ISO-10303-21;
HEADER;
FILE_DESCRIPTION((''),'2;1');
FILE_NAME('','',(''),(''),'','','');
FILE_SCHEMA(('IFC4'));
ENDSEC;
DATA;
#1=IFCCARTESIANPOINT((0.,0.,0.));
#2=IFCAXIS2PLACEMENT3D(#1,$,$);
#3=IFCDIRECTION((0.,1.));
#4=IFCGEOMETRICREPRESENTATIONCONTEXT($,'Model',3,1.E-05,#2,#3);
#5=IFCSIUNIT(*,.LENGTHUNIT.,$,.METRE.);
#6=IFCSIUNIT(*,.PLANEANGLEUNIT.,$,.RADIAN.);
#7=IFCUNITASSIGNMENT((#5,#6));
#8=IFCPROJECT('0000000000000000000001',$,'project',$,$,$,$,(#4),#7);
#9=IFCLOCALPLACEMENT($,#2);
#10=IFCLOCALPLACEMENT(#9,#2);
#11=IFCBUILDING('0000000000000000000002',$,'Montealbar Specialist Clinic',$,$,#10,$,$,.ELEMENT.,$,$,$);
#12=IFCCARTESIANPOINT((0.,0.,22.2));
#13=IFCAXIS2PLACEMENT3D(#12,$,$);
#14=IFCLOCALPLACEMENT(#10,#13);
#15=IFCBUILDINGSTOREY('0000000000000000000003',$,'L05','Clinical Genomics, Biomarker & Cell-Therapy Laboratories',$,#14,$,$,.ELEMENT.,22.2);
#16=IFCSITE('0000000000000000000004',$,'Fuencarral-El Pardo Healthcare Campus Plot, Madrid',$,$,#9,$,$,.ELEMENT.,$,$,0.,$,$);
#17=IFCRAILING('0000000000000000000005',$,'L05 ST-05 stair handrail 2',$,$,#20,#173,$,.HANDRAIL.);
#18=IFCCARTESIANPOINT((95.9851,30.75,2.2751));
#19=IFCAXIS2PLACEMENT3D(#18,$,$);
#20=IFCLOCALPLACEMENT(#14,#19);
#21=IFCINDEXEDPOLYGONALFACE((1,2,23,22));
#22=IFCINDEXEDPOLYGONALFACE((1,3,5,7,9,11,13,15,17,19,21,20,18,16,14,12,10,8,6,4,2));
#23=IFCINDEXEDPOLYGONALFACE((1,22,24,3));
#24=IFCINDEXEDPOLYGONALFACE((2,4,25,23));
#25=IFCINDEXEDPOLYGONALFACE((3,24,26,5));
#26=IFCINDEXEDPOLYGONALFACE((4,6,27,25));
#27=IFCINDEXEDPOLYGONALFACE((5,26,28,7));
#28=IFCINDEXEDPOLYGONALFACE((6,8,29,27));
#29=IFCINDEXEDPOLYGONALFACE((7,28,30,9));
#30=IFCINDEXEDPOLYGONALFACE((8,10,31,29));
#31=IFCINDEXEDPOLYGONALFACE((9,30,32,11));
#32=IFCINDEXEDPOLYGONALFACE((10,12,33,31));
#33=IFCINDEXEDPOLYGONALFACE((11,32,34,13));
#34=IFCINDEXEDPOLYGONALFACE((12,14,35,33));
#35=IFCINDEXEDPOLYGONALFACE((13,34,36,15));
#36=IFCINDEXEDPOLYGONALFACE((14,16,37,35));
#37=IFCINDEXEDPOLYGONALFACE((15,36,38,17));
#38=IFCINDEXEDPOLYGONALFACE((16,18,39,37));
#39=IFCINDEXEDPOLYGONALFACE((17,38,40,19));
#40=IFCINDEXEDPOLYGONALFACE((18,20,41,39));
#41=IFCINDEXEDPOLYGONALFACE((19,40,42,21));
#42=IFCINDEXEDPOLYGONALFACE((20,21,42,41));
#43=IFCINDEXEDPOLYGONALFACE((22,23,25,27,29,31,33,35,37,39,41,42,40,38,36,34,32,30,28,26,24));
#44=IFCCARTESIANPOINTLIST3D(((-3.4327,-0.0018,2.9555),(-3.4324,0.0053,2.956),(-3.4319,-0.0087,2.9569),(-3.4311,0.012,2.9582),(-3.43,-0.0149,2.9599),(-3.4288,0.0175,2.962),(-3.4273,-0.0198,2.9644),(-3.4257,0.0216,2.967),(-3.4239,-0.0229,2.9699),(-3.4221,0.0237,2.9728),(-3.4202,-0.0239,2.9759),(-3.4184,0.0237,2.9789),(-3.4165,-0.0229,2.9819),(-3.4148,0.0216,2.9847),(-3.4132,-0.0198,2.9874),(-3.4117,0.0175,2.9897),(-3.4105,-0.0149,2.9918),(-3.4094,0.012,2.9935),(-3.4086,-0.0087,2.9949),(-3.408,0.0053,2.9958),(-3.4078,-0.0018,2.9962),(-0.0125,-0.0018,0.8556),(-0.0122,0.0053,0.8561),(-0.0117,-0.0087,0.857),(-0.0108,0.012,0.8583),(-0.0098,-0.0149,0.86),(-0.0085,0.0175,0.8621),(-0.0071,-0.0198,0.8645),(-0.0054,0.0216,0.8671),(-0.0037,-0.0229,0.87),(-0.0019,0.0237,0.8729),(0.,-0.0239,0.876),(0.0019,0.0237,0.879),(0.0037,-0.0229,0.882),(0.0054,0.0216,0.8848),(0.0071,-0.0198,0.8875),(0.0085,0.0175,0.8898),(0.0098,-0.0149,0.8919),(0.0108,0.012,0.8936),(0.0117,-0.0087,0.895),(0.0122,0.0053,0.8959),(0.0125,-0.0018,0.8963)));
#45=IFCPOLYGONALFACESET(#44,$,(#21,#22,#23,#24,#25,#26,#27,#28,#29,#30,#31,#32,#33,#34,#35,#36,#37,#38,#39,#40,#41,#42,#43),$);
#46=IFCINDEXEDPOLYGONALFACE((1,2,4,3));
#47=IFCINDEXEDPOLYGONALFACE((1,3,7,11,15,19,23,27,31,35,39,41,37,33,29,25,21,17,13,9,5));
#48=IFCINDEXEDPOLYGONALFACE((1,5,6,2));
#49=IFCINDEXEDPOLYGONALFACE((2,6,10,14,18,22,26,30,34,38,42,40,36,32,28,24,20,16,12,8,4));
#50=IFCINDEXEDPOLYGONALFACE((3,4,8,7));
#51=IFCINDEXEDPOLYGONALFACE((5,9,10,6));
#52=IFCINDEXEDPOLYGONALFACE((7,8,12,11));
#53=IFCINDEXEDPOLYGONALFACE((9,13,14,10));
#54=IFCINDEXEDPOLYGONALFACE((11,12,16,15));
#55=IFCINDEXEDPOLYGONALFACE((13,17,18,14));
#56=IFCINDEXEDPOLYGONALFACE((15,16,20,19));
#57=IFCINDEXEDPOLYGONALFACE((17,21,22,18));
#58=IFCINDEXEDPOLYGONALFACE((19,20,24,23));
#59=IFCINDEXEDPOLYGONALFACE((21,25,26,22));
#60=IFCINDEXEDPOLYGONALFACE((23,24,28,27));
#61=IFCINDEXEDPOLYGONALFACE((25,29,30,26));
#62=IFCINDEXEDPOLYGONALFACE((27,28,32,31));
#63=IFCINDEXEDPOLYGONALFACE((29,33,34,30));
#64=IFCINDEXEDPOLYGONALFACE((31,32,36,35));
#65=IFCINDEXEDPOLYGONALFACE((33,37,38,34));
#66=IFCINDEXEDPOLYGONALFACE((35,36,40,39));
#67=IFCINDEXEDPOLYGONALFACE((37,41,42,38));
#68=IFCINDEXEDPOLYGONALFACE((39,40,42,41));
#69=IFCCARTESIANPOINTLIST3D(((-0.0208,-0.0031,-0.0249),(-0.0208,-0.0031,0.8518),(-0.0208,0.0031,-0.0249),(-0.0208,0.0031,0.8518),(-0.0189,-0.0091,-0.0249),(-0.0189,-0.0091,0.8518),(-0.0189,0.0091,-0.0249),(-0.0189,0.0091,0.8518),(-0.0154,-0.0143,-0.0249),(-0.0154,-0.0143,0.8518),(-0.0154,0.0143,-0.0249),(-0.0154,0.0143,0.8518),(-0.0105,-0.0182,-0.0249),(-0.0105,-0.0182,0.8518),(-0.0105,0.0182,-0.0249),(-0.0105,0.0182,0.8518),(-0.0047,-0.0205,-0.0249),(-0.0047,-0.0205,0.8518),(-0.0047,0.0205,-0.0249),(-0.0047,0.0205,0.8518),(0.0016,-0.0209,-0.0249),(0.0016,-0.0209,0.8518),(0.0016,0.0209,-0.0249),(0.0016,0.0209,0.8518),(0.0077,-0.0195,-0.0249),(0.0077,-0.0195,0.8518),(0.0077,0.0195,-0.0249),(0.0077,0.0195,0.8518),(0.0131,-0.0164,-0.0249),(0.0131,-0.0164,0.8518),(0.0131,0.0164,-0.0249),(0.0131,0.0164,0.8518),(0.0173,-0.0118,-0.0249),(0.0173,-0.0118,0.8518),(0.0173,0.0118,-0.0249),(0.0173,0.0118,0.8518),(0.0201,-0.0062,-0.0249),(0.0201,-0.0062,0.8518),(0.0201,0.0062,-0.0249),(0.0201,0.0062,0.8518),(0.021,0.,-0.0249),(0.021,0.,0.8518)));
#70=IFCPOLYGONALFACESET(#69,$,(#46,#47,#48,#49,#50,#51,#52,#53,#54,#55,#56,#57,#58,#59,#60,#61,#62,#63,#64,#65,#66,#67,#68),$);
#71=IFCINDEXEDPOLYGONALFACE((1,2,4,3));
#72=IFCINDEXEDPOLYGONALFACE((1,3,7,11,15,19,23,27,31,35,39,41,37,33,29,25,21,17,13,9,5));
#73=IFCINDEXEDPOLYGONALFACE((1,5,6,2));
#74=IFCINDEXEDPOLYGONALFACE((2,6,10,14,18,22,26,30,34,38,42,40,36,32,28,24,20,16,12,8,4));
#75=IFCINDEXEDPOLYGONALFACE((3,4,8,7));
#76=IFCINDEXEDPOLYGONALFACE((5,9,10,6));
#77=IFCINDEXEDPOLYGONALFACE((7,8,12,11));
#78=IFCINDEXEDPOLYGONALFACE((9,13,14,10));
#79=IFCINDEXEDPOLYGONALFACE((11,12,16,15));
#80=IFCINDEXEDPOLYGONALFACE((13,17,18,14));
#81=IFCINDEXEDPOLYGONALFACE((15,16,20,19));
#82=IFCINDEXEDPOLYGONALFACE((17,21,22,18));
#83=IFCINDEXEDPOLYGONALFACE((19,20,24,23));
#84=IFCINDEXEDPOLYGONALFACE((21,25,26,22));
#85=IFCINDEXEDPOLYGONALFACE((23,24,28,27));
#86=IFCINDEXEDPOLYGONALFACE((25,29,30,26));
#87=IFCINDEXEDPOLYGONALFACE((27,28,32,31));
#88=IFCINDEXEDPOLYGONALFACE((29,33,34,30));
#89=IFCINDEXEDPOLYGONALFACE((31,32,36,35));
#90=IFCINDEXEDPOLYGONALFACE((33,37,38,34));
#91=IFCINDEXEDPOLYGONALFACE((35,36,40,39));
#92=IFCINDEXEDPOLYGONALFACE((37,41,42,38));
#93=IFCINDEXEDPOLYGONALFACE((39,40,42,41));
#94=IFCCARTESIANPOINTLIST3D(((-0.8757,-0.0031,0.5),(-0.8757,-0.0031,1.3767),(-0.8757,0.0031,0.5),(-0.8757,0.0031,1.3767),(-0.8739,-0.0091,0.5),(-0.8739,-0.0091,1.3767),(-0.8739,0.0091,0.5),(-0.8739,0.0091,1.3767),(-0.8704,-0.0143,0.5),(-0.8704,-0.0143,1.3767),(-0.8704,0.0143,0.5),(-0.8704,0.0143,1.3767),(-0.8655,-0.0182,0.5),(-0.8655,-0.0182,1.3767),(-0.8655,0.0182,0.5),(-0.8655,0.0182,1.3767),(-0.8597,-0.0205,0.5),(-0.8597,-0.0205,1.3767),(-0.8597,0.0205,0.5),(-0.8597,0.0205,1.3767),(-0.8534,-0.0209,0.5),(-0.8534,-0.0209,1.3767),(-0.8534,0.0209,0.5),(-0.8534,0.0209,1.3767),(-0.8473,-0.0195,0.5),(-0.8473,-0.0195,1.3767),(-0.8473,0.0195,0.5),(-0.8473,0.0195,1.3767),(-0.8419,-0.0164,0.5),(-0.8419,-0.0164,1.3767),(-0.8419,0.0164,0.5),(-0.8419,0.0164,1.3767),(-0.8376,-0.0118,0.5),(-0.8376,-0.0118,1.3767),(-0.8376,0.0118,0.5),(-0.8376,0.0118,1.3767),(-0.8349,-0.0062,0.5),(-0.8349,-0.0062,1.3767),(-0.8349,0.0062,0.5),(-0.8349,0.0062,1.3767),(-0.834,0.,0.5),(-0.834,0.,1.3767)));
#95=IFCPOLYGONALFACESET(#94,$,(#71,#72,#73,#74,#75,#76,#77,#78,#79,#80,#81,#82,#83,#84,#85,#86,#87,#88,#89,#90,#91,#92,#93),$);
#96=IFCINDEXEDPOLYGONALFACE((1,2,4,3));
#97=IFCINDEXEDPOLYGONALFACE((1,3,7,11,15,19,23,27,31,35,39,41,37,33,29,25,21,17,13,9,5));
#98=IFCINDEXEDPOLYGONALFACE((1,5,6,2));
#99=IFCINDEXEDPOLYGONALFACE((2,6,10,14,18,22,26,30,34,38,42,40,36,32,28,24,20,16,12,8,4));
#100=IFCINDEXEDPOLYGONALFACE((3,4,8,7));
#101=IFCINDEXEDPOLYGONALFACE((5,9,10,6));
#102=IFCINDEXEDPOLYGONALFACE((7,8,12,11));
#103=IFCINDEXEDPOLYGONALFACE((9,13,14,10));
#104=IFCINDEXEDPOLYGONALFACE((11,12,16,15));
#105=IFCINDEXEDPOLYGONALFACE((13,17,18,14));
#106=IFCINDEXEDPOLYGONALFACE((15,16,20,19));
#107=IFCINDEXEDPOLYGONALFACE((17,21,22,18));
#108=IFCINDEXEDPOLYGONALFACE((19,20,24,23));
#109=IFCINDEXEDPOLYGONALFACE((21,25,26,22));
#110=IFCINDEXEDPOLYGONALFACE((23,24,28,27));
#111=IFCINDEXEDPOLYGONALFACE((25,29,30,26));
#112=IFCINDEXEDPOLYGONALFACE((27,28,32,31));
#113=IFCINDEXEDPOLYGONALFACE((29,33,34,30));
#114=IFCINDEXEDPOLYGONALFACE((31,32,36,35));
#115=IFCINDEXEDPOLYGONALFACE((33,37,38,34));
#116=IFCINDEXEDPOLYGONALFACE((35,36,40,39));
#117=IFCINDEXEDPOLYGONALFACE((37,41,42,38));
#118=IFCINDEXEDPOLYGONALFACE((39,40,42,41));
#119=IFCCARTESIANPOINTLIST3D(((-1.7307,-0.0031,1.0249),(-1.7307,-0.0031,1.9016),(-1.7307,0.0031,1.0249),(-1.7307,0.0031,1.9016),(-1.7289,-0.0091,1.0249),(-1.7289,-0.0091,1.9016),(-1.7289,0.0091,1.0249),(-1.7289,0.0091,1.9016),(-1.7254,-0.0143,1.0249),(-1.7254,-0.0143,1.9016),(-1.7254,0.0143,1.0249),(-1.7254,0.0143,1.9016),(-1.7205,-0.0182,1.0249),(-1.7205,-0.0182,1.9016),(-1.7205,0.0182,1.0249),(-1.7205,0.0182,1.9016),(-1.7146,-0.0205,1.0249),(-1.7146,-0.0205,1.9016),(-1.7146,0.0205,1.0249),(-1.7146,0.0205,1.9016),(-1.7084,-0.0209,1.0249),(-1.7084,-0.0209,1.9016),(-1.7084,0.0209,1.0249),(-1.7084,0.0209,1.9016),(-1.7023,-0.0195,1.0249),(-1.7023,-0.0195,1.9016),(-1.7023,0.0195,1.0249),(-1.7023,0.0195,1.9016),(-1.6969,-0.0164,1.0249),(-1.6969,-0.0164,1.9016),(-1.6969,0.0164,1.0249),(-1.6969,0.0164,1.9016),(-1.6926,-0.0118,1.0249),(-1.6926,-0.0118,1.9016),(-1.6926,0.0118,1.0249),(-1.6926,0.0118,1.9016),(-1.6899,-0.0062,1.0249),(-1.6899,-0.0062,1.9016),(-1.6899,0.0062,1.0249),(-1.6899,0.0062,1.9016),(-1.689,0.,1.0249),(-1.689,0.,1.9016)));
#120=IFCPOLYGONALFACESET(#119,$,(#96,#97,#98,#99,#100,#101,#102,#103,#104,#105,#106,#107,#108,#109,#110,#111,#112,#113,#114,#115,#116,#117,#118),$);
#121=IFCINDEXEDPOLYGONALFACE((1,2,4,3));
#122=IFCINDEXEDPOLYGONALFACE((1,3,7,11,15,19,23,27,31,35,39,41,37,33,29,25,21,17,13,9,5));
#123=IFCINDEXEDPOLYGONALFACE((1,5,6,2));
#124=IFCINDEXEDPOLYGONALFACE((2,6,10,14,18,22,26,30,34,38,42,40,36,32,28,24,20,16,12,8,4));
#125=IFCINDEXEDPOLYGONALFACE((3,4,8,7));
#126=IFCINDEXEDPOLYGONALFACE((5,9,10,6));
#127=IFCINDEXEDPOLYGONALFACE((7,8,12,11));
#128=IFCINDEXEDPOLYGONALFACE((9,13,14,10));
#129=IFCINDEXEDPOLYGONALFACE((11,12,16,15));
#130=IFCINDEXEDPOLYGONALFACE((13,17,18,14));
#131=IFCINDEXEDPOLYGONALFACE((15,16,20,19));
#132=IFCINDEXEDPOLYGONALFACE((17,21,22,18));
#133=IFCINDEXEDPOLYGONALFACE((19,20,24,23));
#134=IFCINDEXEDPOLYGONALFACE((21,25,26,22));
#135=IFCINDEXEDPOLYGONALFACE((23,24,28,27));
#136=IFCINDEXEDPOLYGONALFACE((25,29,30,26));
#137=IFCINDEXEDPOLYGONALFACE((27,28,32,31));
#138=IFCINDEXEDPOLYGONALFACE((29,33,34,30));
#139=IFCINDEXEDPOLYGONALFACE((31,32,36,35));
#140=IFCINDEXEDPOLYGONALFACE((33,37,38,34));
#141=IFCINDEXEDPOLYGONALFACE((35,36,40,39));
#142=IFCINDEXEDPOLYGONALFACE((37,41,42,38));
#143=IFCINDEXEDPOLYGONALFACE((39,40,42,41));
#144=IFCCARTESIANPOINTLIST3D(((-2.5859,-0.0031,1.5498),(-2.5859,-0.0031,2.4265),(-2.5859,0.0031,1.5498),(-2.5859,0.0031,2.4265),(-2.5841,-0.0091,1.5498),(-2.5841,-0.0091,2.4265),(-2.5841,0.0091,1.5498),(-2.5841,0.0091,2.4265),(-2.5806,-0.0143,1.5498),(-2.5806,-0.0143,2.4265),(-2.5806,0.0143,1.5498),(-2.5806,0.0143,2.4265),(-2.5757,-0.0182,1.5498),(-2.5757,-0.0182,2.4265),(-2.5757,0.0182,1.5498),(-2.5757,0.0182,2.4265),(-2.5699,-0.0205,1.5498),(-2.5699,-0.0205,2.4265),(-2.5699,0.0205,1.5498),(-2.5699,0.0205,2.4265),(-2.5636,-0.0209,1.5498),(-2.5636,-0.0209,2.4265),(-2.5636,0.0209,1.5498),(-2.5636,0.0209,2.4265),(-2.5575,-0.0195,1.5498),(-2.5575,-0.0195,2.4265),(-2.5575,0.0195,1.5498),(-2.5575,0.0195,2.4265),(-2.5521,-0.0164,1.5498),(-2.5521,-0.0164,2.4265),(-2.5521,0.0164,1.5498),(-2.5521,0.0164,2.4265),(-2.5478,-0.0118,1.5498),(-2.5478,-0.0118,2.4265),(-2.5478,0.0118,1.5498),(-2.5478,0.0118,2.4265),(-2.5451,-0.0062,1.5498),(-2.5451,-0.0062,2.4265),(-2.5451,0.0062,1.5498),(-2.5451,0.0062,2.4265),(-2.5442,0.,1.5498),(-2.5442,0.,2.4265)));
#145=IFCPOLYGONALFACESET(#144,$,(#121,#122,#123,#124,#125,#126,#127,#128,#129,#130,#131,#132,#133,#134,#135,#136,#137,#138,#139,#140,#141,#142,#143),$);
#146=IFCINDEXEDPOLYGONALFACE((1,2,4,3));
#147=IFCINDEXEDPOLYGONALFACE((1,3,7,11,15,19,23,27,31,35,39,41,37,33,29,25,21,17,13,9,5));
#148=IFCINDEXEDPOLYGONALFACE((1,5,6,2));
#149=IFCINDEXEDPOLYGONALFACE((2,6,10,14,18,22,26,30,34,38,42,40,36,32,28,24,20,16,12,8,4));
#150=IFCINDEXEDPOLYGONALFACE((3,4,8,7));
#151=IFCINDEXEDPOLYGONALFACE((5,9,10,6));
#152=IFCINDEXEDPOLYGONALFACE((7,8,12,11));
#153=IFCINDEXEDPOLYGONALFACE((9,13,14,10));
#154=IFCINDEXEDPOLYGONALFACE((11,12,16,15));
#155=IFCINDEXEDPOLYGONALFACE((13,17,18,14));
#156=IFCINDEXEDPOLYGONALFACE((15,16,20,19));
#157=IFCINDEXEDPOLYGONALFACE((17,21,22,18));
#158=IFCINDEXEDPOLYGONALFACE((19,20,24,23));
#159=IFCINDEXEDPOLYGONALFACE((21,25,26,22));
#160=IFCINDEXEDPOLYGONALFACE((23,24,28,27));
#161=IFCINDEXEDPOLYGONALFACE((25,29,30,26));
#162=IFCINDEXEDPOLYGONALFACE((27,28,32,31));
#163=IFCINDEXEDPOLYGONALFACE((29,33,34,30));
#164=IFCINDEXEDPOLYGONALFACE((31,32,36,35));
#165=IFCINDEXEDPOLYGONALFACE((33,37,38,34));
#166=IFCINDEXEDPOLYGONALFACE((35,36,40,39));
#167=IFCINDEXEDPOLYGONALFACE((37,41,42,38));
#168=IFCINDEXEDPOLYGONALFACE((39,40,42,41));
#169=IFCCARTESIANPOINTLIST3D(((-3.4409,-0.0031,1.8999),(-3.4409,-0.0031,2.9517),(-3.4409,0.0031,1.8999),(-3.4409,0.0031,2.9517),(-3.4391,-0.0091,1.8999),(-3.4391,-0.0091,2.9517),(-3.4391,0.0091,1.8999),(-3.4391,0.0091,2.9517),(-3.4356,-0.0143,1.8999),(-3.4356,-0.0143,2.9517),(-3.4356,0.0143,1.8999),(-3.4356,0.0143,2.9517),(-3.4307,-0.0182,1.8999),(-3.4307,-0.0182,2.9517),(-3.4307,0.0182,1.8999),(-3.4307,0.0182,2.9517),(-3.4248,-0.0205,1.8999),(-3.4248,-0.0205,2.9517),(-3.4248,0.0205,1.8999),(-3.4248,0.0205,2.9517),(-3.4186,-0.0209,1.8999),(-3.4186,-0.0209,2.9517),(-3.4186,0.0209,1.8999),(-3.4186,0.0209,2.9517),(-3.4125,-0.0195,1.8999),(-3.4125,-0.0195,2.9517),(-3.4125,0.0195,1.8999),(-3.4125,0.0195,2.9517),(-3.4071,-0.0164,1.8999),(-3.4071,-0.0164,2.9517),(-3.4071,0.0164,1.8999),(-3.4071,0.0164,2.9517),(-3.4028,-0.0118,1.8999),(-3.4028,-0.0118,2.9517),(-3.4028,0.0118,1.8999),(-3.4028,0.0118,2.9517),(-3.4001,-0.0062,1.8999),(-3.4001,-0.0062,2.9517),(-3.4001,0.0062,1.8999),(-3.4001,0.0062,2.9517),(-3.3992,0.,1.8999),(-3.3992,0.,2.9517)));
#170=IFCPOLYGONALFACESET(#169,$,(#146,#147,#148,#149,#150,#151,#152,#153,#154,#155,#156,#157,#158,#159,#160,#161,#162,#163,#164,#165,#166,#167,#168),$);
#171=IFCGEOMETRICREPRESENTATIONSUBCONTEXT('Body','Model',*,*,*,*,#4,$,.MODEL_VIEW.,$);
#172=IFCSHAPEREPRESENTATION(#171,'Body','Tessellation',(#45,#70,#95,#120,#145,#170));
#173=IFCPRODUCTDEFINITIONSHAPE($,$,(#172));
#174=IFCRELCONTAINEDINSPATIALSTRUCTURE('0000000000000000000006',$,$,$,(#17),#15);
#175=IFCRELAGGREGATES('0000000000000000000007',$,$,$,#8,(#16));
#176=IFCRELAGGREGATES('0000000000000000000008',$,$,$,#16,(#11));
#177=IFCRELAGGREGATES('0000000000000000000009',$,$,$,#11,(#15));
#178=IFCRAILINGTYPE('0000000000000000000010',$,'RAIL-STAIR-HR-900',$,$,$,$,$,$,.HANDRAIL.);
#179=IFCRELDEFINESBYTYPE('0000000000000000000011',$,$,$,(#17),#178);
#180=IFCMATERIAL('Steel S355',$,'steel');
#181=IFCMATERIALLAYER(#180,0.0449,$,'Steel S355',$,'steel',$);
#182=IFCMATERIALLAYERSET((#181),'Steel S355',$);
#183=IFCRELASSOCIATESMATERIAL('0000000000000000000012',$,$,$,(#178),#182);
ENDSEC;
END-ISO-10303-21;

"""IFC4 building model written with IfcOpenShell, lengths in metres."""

from ifc_helpers import new_model, si_unit, direction, frame, origin, origin_2d, place, context, subcontext, project, spatial, circle, extrude, material, layer, layer_set, type_object, element, save


model = new_model("IFC4")

# Units and contexts
model_context = context("Model", 3, precision=1e-05, world=origin(), true_north=direction((0.0, 1.0)))
body_context = subcontext(model_context, "Body", "Model", "MODEL_VIEW")
ifc_project = project(units=[si_unit("LENGTHUNIT", "METRE"), si_unit("PLANEANGLEUNIT", "RADIAN")], contexts=[model_context])

# Site, building, storey
site_placement = place(None, origin())
site = spatial("IfcSite", under=ifc_project, at=site_placement, Name="Fuencarral-El Pardo Healthcare Campus Plot, Madrid", CompositionType="ELEMENT", RefElevation=0.0)
building_placement = place(site_placement, origin())
building = spatial("IfcBuilding", under=site, at=building_placement, Name="Montealbar Specialist Clinic", CompositionType="ELEMENT")
storey_placement = place(building_placement, frame((0.0, 0.0, 22.2)))
storey = spatial("IfcBuildingStorey", under=building, at=storey_placement, Name="L05", Description="Clinical Genomics, Biomarker & Cell-Therapy Laboratories", CompositionType="ELEMENT", Elevation=22.2)

# Shared definitions
ifc_material_1 = material(Name="Steel S355", Category="steel")

# Railing
ifc_layer_1 = layer(ifc_material_1, 0.0449, Name="Steel S355", Category="steel")
ifc_layer_set_1 = layer_set([ifc_layer_1], Name="Steel S355")
railing_type_1 = type_object("IfcRailingType", Name="RAIL-STAIR-HR-900", PredefinedType="HANDRAIL", material=ifc_layer_set_1)
railing_1_placement = place(storey_placement, frame((95.9851, 30.75, 2.2751)))
element("IfcRailing", 1, at=railing_1_placement, inside=storey, type_object=railing_type_1, Name="L05 ST-05 stair handrail 2", PredefinedType="HANDRAIL", context=body_context, shape_type="SweptSolid", body=[
    extrude(circle(Radius=0.0239, at=origin_2d()), frame((0.0, 0.0, 0.876), z_axis=(-0.852199, 0.0, 0.523218), x_axis=(0.0, -1.0, 0.0)), (0.0, 0.0, 1.0), 4.0134),
    extrude(circle(Radius=0.021, at=origin_2d()), frame((0.0, 0.0, -0.0249)), (0.0, 0.0, 1.0), 0.8767),
    extrude(circle(Radius=0.021, at=origin_2d()), frame((-0.855, 0.0, 0.5)), (0.0, 0.0, 1.0), 0.8767),
    extrude(circle(Radius=0.021, at=origin_2d()), frame((-1.71, 0.0, 1.0249)), (0.0, 0.0, 1.0), 0.8767),
    extrude(circle(Radius=0.021, at=origin_2d()), frame((-2.5652, 0.0, 1.5498)), (0.0, 0.0, 1.0), 0.8767),
    extrude(circle(Radius=0.021, at=origin_2d()), frame((-3.4202, 0.0, 1.8999)), (0.0, 0.0, 1.0), 1.0518),
])

save(model, "model.ifc")
